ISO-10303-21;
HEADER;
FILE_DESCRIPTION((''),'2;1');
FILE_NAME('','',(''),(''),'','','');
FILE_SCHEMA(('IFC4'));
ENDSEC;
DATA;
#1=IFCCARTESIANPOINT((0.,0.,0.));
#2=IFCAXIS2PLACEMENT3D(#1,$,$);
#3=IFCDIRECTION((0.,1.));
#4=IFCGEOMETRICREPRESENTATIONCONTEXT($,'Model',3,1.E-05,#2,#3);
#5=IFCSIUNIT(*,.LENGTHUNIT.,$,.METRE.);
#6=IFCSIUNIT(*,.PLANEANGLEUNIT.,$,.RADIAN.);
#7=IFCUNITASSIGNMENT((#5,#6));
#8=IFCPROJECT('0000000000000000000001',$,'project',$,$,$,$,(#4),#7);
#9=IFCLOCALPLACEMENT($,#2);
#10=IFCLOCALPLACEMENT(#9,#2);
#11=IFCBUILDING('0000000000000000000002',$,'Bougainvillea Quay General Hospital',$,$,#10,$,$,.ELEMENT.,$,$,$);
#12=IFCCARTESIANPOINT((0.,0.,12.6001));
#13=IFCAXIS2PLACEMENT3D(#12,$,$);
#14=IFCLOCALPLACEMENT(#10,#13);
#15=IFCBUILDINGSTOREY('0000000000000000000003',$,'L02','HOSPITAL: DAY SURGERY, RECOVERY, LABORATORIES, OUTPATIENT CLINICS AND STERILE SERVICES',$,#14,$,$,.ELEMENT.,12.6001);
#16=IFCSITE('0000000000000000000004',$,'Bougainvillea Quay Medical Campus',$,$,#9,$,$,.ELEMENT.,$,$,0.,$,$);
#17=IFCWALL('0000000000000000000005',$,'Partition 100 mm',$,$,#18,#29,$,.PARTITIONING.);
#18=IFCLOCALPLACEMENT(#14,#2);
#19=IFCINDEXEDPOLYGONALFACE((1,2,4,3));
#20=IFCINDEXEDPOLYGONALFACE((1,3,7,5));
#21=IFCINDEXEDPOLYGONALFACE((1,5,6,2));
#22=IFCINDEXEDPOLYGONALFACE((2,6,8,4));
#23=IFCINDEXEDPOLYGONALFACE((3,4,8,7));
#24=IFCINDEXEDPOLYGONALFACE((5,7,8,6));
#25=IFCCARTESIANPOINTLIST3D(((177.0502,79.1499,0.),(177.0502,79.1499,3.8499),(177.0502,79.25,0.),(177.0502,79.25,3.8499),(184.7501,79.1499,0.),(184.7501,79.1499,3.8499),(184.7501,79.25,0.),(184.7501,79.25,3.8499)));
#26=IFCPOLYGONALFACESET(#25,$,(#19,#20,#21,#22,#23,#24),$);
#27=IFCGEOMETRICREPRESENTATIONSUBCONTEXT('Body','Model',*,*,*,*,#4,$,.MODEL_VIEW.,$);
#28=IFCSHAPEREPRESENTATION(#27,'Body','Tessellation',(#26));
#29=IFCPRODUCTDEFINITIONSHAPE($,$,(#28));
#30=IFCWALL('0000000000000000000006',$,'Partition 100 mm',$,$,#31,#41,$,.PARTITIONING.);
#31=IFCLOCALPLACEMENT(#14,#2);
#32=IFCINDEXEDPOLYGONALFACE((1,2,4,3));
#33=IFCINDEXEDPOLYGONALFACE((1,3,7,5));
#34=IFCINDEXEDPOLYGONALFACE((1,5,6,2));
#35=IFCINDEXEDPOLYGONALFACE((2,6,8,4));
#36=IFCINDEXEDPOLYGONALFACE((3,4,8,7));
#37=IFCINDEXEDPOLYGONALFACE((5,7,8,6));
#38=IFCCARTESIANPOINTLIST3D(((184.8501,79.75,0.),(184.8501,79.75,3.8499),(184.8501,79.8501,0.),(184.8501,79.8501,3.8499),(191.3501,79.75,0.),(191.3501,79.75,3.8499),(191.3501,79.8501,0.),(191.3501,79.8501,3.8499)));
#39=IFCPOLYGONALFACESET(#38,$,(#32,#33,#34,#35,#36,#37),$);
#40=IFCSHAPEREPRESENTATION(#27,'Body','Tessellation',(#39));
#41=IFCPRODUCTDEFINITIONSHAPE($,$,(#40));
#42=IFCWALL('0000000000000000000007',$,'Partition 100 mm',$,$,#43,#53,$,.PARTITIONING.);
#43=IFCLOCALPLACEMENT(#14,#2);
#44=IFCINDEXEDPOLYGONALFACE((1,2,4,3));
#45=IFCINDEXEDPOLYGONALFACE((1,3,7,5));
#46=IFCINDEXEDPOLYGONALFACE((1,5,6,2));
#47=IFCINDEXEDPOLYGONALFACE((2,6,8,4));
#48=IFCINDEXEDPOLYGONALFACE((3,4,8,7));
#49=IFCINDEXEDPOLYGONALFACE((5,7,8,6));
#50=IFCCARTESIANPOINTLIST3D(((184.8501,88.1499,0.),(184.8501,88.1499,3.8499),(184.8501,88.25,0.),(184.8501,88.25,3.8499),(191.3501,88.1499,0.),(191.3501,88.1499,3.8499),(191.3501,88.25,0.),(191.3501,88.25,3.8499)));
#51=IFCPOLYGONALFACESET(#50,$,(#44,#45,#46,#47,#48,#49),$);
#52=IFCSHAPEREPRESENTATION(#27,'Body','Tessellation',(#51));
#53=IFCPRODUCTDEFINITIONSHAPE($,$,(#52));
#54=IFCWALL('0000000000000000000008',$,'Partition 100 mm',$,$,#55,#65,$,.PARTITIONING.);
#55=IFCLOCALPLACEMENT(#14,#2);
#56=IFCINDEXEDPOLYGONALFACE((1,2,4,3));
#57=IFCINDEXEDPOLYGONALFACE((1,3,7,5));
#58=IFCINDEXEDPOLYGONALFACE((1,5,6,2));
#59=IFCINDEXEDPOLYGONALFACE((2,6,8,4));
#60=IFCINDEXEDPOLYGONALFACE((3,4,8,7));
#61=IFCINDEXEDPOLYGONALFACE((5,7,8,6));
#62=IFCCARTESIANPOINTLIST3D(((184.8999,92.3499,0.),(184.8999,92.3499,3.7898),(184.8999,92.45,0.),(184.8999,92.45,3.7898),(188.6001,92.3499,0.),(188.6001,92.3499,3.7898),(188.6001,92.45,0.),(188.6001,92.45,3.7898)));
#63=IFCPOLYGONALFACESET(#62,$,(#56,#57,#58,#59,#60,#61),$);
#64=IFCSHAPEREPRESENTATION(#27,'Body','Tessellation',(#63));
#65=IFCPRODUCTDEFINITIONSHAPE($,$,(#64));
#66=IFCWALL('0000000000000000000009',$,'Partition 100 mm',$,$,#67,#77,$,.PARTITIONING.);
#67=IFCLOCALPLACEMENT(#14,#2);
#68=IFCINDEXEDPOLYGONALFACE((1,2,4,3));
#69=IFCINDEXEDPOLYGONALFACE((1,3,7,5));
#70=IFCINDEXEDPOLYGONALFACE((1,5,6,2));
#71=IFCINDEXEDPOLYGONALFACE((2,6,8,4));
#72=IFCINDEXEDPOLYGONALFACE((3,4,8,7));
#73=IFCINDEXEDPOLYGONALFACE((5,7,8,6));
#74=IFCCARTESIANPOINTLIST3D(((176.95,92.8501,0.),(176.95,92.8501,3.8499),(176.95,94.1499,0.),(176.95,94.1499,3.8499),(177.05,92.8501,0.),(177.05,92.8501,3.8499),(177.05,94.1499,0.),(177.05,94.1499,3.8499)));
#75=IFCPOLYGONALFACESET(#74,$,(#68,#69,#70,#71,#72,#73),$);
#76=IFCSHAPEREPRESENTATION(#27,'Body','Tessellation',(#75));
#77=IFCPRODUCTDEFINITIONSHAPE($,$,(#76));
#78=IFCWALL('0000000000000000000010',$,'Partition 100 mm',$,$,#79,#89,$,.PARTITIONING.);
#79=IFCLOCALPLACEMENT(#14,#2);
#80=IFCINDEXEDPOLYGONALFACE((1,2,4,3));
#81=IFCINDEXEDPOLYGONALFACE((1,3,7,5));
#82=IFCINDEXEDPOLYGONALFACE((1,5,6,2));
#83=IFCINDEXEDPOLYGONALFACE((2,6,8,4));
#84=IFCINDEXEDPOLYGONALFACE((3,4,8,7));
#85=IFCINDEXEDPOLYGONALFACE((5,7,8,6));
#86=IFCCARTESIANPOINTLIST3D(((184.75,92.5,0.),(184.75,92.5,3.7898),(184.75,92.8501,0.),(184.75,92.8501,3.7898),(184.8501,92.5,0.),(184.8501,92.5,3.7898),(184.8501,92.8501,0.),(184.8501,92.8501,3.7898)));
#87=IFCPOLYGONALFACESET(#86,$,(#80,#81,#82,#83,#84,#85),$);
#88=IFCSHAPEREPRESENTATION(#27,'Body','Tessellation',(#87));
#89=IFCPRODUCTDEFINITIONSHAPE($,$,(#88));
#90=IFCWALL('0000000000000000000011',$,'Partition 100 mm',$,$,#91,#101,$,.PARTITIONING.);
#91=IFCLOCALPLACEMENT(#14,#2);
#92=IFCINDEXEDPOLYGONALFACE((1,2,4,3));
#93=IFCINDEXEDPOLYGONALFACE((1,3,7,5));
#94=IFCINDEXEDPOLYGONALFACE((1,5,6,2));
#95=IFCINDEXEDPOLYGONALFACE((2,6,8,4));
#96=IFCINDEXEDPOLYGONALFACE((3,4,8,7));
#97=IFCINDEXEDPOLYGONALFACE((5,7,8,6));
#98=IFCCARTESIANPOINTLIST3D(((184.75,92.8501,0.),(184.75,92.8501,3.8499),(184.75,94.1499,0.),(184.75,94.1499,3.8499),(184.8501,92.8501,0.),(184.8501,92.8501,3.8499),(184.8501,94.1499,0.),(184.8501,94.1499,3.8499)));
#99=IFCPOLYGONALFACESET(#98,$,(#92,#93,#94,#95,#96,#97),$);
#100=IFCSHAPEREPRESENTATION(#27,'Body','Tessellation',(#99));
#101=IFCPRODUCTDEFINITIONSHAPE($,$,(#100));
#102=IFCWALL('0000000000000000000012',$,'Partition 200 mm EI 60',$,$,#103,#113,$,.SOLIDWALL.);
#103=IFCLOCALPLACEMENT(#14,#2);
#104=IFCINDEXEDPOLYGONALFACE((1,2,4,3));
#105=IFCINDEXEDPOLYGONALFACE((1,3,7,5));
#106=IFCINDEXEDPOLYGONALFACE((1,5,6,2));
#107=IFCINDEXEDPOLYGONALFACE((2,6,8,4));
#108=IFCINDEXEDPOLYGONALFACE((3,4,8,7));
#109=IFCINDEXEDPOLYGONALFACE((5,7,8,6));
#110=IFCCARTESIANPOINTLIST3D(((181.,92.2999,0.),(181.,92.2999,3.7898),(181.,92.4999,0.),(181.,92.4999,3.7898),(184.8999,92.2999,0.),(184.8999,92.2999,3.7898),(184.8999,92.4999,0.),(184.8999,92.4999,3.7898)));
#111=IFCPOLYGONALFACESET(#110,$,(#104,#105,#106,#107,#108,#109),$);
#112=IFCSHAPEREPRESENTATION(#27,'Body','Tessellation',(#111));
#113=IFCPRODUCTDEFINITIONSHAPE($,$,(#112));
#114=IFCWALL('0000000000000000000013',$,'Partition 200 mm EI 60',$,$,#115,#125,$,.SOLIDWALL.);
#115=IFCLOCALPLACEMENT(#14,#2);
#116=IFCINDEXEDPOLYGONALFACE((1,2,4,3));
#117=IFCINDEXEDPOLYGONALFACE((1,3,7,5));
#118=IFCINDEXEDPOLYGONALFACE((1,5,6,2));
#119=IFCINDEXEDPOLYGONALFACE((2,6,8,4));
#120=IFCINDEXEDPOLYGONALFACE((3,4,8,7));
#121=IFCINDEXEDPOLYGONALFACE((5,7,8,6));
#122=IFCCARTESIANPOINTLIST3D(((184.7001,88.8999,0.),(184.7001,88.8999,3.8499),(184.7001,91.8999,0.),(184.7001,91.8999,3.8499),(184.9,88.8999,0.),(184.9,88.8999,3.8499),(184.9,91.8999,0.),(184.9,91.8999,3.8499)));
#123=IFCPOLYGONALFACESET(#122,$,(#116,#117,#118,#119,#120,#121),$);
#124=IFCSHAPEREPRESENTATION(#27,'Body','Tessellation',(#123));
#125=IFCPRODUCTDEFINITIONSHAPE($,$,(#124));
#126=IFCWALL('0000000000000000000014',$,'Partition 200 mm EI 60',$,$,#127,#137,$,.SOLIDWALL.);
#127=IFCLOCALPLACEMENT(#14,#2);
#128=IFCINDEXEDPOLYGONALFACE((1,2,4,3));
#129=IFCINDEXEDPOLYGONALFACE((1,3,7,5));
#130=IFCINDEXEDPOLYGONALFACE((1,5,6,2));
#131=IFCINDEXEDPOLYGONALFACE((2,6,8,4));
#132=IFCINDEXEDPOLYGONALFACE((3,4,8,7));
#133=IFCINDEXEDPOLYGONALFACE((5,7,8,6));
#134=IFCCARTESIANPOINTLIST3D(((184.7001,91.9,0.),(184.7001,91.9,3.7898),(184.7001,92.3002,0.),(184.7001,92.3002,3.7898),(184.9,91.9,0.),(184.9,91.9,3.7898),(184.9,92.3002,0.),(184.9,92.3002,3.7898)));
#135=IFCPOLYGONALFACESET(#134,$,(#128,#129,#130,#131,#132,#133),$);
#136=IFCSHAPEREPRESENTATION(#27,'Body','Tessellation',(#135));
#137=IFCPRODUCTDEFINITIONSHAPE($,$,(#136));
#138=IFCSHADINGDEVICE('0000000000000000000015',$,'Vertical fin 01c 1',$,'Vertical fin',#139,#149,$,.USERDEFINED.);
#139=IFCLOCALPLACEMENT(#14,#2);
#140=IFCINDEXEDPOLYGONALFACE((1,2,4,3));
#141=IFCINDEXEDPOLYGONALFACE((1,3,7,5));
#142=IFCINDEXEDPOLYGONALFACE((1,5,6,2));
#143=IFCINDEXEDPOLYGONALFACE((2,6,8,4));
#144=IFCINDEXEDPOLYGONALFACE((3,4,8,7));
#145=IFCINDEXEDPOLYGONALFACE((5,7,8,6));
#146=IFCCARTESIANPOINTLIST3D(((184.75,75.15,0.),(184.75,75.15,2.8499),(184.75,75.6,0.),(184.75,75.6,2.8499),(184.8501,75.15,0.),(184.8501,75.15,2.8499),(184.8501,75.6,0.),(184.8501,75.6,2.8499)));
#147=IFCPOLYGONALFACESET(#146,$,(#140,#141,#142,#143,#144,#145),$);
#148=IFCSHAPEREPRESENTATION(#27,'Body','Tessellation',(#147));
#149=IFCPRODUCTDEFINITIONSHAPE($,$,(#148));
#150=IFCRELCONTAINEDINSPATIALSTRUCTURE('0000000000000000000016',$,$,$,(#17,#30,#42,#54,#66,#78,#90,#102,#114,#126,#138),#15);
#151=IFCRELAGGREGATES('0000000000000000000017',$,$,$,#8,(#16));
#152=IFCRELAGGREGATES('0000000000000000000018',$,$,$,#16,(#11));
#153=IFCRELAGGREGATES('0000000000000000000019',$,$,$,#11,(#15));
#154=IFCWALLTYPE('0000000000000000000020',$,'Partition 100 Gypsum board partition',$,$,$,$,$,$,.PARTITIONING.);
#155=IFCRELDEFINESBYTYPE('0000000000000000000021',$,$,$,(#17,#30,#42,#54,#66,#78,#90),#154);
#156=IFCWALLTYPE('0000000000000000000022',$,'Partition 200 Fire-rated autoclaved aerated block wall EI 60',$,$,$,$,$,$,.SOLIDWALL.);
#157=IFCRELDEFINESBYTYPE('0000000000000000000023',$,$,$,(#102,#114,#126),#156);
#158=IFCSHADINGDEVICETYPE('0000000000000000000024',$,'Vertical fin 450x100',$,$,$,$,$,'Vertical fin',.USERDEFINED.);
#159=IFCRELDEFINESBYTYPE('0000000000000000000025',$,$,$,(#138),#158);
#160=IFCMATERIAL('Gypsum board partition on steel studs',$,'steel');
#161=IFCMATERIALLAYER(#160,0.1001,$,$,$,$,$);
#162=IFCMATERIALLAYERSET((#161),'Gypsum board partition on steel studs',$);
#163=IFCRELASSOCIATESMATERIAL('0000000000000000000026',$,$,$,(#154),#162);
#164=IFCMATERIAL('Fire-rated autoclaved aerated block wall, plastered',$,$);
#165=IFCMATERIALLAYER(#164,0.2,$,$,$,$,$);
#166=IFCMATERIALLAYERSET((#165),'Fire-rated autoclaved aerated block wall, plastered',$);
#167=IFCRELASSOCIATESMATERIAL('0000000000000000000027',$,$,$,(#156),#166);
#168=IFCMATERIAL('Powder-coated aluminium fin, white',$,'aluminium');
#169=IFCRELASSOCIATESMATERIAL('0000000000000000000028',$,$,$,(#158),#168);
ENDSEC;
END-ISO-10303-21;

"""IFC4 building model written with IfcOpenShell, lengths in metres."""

from ifc_helpers import new_model, si_unit, direction, frame, frame_2d, origin, origin_2d, place, context, subcontext, project, spatial, rectangle, extrude, material, layer, layer_set, material_profile, profile_set, type_object, element, save


model = new_model("IFC4")

# Units and contexts
model_context = context("Model", 3, precision=1e-05, world=origin(), true_north=direction((0.0, 1.0)))
body_context = subcontext(model_context, "Body", "Model", "MODEL_VIEW")
ifc_project = project(units=[si_unit("LENGTHUNIT", "METRE"), si_unit("PLANEANGLEUNIT", "RADIAN")], contexts=[model_context])

# Site, building, storey
site_placement = place(None, origin())
site = spatial("IfcSite", under=ifc_project, at=site_placement, Name="Bougainvillea Quay Medical Campus", CompositionType="ELEMENT", RefElevation=0.0)
building_placement = place(site_placement, origin())
building = spatial("IfcBuilding", under=site, at=building_placement, Name="Bougainvillea Quay General Hospital", CompositionType="ELEMENT")
storey_placement = place(building_placement, frame((0.0, 0.0, 12.6001)))
storey = spatial("IfcBuildingStorey", under=building, at=storey_placement, Name="L02", Description="HOSPITAL: DAY SURGERY, RECOVERY, LABORATORIES, OUTPATIENT CLINICS AND STERILE SERVICES", CompositionType="ELEMENT", Elevation=12.6001)

# Walls
ifc_material_1 = material(Name="Gypsum board partition on steel studs", Category="steel")
ifc_layer_1 = layer(ifc_material_1, 0.1001)
ifc_layer_set_1 = layer_set([ifc_layer_1], Name="Gypsum board partition on steel studs")
wall_type_1 = type_object("IfcWallType", Name="Partition 100 Gypsum board partition", PredefinedType="PARTITIONING", material=ifc_layer_set_1)
wall_1_placement = place(storey_placement, frame((177.05, 79.2, 0.0), z_axis=(0.0, 0.0, 1.0), x_axis=(1.0, 0.0, 0.0)))
element("IfcWall", 1, at=wall_1_placement, inside=storey, type_object=wall_type_1, Name="Partition 100 mm", PredefinedType="PARTITIONING", context=body_context, shape_type="SweptSolid", body=[
    extrude(rectangle(XDim=7.7, YDim=0.1001, at=frame_2d((3.8501, 0.0))), origin(), (0.0, 0.0, 1.0), 3.8499),
])
for number, where, z_axis, x_axis, name in (
    (2, (184.8501, 79.8, 0.0), (0.0, 0.0, 1.0), (1.0, 0.0, 0.0), "Partition 100 mm"),
    (3, (184.8501, 88.2, 0.0), (0.0, 0.0, 1.0), (1.0, 0.0, 0.0), "Partition 100 mm"),
):
    element("IfcWall", number, at=place(storey_placement, frame(where, z_axis=z_axis, x_axis=x_axis)), inside=storey, type_object=wall_type_1, Name=name, PredefinedType="PARTITIONING", context=body_context, shape_type="SweptSolid", body=[
        extrude(rectangle(XDim=6.5, YDim=0.1001, at=frame_2d((3.25, 0.0))), origin(), (0.0, 0.0, 1.0), 3.8499),
    ])
wall_2_placement = place(storey_placement, frame((184.8999, 92.3999, 0.0), z_axis=(0.0, 0.0, 1.0), x_axis=(1.0, 0.0, 0.0)))
element("IfcWall", 4, at=wall_2_placement, inside=storey, type_object=wall_type_1, Name="Partition 100 mm", PredefinedType="PARTITIONING", context=body_context, shape_type="SweptSolid", body=[
    extrude(rectangle(XDim=3.7002, YDim=0.1001, at=frame_2d((1.8501, 0.0))), origin(), (0.0, 0.0, 1.0), 3.7898),
])
wall_3_placement = place(storey_placement, frame((177.0, 92.8501, 0.0), z_axis=(0.0, 0.0, 1.0), x_axis=(0.0, 1.0, 0.0)))
element("IfcWall", 5, at=wall_3_placement, inside=storey, type_object=wall_type_1, Name="Partition 100 mm", PredefinedType="PARTITIONING", context=body_context, shape_type="SweptSolid", body=[
    extrude(rectangle(XDim=1.2998, YDim=0.1001, at=frame_2d((0.6499, 0.0))), origin(), (0.0, 0.0, 1.0), 3.8499),
])
wall_4_placement = place(storey_placement, frame((184.8, 92.5, 0.0), z_axis=(0.0, 0.0, 1.0), x_axis=(0.0, 1.0, 0.0)))
element("IfcWall", 6, at=wall_4_placement, inside=storey, type_object=wall_type_1, Name="Partition 100 mm", PredefinedType="PARTITIONING", context=body_context, shape_type="SweptSolid", body=[
    extrude(rectangle(XDim=0.3501, YDim=0.1001, at=frame_2d((0.175, 0.0))), origin(), (0.0, 0.0, 1.0), 3.7898),
])
wall_5_placement = place(storey_placement, frame((184.8, 92.8501, 0.0), z_axis=(0.0, 0.0, 1.0), x_axis=(0.0, 1.0, 0.0)))
element("IfcWall", 7, at=wall_5_placement, inside=storey, type_object=wall_type_1, Name="Partition 100 mm", PredefinedType="PARTITIONING", context=body_context, shape_type="SweptSolid", body=[
    extrude(rectangle(XDim=1.2998, YDim=0.1001, at=frame_2d((0.6499, 0.0))), origin(), (0.0, 0.0, 1.0), 3.8499),
])
ifc_material_2 = material(Name="Fire-rated autoclaved aerated block wall, plastered")
ifc_layer_2 = layer(ifc_material_2, 0.2)
ifc_layer_set_2 = layer_set([ifc_layer_2], Name="Fire-rated autoclaved aerated block wall, plastered")
wall_type_2 = type_object("IfcWallType", Name="Partition 200 Fire-rated autoclaved aerated block wall EI 60", PredefinedType="SOLIDWALL", material=ifc_layer_set_2)
wall_6_placement = place(storey_placement, frame((181.0, 92.3999, 0.0), z_axis=(0.0, 0.0, 1.0), x_axis=(1.0, 0.0, 0.0)))
element("IfcWall", 8, at=wall_6_placement, inside=storey, type_object=wall_type_2, Name="Partition 200 mm EI 60", PredefinedType="SOLIDWALL", context=body_context, shape_type="SweptSolid", body=[
    extrude(rectangle(XDim=3.8999, YDim=0.2, at=frame_2d((1.95, 0.0))), origin(), (0.0, 0.0, 1.0), 3.7898),
])
wall_7_placement = place(storey_placement, frame((184.8, 88.8999, 0.0), z_axis=(0.0, 0.0, 1.0), x_axis=(0.0, 1.0, 0.0)))
element("IfcWall", 9, at=wall_7_placement, inside=storey, type_object=wall_type_2, Name="Partition 200 mm EI 60", PredefinedType="SOLIDWALL", context=body_context, shape_type="SweptSolid", body=[
    extrude(rectangle(XDim=3.0, YDim=0.2, at=frame_2d((1.5, 0.0))), origin(), (0.0, 0.0, 1.0), 3.8499),
])
wall_8_placement = place(storey_placement, frame((184.8, 91.8999, 0.0), z_axis=(0.0, 0.0, 1.0), x_axis=(0.0, 1.0, 0.0)))
element("IfcWall", 10, at=wall_8_placement, inside=storey, type_object=wall_type_2, Name="Partition 200 mm EI 60", PredefinedType="SOLIDWALL", context=body_context, shape_type="SweptSolid", body=[
    extrude(rectangle(XDim=0.4001, YDim=0.2, at=frame_2d((0.2002, 0.0))), origin(), (0.0, 0.0, 1.0), 3.7898),
])

# Shading device
ifc_material_3 = material(Name="Powder-coated aluminium fin, white", Category="aluminium")
ifc_material_profile_1 = material_profile(ifc_material_3, rectangle(XDim=0.45, YDim=0.1001, at=origin_2d()))
ifc_profile_set_1 = profile_set([ifc_material_profile_1], Name="Powder-coated aluminium fin, white")
shading_device_type = type_object("IfcShadingDeviceType", Name="Vertical fin 450x100", ElementType="Vertical fin", PredefinedType="USERDEFINED", material=ifc_profile_set_1)
shading_device_placement = place(storey_placement, frame((184.8, 75.375, 0.0), z_axis=(0.0, 0.0, 1.0), x_axis=(0.0, -1.0, 0.0)))
element("IfcShadingDevice", 11, at=shading_device_placement, inside=storey, type_object=shading_device_type, Name="Vertical fin 01c 1", ObjectType="Vertical fin", PredefinedType="USERDEFINED", context=body_context, shape_type="SweptSolid", body=[
    extrude(rectangle(XDim=0.45, YDim=0.1001, at=origin_2d()), origin(), (0.0, 0.0, 1.0), 2.8499),
])

save(model, "model.ifc")
